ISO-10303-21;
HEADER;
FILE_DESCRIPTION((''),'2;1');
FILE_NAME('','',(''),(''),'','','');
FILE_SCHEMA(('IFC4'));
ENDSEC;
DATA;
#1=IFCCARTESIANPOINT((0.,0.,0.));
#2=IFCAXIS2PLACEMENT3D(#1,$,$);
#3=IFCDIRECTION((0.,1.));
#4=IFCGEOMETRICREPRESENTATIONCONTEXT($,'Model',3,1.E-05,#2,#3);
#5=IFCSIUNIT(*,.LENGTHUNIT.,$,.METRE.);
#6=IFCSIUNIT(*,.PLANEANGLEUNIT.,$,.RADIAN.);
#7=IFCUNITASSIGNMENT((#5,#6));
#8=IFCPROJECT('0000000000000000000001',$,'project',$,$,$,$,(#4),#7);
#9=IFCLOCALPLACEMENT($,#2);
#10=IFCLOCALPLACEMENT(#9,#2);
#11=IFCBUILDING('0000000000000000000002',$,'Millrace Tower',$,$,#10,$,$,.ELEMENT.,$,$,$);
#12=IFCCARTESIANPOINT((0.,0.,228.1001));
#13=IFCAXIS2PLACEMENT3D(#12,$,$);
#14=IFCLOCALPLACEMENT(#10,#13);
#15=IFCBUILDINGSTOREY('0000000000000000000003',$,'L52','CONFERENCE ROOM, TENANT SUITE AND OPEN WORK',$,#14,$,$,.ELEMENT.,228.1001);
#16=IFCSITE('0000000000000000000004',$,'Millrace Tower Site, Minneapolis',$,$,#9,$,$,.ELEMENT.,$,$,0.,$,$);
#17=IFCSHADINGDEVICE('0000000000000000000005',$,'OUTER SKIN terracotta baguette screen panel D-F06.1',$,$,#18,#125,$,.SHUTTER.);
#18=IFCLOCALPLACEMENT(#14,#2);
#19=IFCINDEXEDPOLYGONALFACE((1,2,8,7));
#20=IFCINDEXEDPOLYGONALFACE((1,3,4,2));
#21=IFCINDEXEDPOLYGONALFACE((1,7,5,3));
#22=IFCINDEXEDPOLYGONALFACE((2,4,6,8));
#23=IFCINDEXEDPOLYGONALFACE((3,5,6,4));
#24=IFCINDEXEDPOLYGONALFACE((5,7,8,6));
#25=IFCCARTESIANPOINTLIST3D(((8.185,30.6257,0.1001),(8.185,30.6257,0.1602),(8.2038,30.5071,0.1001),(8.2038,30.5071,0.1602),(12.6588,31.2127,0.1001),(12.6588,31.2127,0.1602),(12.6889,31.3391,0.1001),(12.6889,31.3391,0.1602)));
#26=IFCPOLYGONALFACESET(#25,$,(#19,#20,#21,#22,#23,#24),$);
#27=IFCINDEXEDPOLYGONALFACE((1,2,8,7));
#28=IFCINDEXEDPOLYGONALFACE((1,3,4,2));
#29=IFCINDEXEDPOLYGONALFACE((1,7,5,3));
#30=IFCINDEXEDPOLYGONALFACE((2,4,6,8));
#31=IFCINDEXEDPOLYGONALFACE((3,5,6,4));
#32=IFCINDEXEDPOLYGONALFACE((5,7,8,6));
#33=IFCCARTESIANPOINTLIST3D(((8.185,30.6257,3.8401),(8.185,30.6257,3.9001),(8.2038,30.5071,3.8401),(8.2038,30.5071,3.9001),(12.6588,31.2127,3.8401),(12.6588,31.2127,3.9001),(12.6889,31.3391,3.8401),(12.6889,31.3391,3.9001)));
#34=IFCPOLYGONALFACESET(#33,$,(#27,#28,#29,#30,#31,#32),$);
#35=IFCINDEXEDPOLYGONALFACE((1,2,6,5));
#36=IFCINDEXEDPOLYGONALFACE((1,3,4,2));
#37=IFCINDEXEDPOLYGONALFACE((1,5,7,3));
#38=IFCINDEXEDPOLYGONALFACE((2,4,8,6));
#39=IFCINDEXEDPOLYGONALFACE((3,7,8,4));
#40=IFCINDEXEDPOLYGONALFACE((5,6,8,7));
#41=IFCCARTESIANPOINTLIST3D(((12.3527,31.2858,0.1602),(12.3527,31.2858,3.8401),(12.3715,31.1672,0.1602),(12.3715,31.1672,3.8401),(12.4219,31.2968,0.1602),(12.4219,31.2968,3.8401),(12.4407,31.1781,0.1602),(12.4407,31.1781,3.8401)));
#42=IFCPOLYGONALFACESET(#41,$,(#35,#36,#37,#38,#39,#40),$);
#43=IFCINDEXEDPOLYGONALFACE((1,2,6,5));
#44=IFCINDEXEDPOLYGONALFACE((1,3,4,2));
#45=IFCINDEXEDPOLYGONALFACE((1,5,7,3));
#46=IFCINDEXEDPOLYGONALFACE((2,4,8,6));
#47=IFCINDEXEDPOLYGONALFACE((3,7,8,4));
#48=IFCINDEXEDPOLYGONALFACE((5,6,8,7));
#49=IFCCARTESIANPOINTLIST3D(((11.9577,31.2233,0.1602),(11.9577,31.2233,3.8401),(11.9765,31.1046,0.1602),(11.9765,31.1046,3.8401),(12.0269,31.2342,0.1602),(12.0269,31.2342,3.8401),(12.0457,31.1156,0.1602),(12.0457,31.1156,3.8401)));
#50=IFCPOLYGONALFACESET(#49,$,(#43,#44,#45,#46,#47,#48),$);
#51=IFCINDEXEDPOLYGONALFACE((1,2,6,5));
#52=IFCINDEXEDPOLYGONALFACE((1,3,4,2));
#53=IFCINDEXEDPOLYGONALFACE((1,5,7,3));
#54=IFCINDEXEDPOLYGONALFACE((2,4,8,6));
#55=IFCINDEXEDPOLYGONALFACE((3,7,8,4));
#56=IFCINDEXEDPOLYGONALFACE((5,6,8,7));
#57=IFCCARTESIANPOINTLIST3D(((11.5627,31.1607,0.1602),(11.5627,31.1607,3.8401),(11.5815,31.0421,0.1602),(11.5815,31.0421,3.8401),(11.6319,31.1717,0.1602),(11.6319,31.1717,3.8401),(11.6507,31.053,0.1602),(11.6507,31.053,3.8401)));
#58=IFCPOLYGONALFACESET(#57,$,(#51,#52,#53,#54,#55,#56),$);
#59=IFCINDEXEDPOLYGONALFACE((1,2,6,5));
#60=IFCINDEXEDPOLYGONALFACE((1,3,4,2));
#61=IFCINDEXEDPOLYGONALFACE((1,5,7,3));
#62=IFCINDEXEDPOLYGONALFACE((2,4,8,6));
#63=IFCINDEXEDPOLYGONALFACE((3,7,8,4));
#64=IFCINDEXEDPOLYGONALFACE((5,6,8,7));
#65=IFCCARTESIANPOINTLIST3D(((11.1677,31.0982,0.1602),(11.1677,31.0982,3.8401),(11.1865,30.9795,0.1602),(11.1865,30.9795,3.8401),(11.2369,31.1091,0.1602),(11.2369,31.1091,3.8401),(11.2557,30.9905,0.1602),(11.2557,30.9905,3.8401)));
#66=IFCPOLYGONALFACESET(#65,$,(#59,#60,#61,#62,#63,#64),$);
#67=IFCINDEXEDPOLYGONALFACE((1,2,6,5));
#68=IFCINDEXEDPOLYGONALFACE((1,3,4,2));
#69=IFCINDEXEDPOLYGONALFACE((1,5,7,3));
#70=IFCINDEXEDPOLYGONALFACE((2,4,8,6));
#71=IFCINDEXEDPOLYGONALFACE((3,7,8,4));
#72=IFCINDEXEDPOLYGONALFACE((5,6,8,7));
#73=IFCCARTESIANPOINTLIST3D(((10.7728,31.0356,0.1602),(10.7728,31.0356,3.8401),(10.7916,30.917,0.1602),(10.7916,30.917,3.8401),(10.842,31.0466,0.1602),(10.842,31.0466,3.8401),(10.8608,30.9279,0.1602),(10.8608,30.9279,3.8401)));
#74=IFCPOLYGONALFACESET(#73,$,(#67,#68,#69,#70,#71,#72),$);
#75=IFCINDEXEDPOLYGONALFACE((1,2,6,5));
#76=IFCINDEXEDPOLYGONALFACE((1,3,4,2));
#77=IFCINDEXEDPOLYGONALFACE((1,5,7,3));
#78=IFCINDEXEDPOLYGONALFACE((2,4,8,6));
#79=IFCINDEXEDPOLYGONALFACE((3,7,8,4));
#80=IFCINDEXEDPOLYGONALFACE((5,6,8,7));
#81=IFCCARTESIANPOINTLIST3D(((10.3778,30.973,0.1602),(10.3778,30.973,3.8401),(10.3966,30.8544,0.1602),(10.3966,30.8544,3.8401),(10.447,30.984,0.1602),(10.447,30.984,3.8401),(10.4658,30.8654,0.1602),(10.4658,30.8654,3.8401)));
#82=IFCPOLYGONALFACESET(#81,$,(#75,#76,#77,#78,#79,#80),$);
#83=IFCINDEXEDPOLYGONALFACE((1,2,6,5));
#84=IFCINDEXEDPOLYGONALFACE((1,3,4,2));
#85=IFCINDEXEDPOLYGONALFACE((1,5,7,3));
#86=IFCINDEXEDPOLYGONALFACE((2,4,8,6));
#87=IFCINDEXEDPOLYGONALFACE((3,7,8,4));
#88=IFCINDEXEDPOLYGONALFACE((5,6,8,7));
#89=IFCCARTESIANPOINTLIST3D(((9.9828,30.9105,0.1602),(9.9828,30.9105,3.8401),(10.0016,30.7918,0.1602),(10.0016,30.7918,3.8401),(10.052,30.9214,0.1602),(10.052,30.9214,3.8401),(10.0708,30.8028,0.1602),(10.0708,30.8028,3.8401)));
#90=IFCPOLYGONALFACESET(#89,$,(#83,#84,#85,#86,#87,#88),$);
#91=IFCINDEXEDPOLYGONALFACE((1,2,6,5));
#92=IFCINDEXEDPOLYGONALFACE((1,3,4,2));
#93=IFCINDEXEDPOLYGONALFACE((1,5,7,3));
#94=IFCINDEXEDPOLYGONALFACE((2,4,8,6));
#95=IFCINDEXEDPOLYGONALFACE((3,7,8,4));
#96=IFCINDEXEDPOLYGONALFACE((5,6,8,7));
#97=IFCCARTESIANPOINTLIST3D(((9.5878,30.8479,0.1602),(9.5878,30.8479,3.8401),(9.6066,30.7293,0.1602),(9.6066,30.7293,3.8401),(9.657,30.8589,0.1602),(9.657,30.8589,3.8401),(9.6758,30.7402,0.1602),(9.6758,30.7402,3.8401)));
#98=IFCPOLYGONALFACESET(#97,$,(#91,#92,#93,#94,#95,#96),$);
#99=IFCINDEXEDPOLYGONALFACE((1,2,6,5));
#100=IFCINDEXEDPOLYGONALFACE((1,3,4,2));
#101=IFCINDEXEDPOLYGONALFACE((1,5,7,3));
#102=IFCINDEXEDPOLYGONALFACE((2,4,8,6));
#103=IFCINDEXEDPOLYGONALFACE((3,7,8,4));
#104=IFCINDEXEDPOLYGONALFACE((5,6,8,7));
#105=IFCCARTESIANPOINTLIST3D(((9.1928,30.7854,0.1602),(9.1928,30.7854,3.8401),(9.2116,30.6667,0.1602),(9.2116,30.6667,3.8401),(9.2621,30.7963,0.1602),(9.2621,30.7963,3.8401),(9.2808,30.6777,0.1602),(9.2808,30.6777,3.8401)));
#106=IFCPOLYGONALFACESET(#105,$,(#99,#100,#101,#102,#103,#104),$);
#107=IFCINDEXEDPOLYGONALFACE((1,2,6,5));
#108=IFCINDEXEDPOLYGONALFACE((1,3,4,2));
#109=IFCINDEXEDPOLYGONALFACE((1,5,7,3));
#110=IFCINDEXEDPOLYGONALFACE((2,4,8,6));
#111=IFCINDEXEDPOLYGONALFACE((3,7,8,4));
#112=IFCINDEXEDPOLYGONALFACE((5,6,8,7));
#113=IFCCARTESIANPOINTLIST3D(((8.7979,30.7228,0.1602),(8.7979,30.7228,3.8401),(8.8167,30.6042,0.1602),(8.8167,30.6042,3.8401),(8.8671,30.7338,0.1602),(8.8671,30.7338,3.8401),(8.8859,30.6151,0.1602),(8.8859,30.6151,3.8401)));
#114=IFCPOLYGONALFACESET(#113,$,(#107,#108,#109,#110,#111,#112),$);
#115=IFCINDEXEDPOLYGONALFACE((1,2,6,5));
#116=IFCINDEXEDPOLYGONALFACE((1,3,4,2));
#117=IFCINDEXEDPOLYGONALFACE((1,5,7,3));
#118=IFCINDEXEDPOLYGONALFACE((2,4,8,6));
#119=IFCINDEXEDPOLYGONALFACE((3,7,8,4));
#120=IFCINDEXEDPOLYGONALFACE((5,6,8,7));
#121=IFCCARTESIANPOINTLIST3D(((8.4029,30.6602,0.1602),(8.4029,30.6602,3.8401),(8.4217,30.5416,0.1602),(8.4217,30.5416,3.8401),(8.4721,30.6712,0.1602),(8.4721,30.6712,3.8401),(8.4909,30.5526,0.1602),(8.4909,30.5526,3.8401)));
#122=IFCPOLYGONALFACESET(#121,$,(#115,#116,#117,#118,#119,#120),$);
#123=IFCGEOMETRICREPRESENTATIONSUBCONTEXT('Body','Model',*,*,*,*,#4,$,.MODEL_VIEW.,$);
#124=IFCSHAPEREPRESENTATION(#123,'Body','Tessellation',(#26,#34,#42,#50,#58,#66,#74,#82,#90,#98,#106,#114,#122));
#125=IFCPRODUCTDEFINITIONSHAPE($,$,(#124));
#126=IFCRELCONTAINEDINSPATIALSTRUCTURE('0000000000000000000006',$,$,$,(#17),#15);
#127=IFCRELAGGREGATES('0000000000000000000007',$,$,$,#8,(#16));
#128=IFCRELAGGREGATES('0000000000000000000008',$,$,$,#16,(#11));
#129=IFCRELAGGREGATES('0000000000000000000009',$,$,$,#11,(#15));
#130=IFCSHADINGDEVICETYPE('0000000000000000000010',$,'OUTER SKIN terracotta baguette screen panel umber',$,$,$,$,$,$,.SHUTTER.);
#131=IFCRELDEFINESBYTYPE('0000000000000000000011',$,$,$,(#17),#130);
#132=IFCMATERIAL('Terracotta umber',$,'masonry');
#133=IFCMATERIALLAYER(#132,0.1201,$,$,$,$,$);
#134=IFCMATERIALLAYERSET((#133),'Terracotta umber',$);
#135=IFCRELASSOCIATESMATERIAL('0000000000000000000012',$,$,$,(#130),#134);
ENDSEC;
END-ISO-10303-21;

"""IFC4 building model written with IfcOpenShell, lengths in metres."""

from ifc_helpers import new_model, entity, si_unit, direction, frame, frame_2d, origin, place, context, subcontext, project, spatial, rectangle, extrude, source, transform, mapped, material, layer, layer_set, type_object, element, save


model = new_model("IFC4")

# Units and contexts
model_context = context("Model", 3, precision=1e-05, world=origin(), true_north=direction((0.0, 1.0)))
body_context = subcontext(model_context, "Body", "Model", "MODEL_VIEW")
ifc_project = project(units=[si_unit("LENGTHUNIT", "METRE"), si_unit("PLANEANGLEUNIT", "RADIAN")], contexts=[model_context])

# Site, building, storey
site_placement = place(None, origin())
site = spatial("IfcSite", under=ifc_project, at=site_placement, Name="Millrace Tower Site, Minneapolis", CompositionType="ELEMENT", RefElevation=0.0)
building_placement = place(site_placement, origin())
building = spatial("IfcBuilding", under=site, at=building_placement, Name="Millrace Tower", CompositionType="ELEMENT")
storey_placement = place(building_placement, frame((0.0, 0.0, 228.1001)))
storey = spatial("IfcBuildingStorey", under=building, at=storey_placement, Name="L52", Description="CONFERENCE ROOM, TENANT SUITE AND OPEN WORK", CompositionType="ELEMENT", Elevation=228.1001)

# Shading device
ifc_material_1 = material(Name="Terracotta umber", Category="masonry")
ifc_layer_1 = layer(ifc_material_1, 0.1201)
ifc_layer_set_1 = layer_set([ifc_layer_1], Name="Terracotta umber")
shading_device_type = type_object("IfcShadingDeviceType", Name="OUTER SKIN terracotta baguette screen panel umber", PredefinedType="SHUTTER", material=ifc_layer_set_1)
cartesian_point_1 = entity("IfcCartesianPoint", [-2.2429, 0.0601])
shared_polyline_1 = entity("IfcPolyline", [cartesian_point_1, entity("IfcCartesianPoint", [2.2676, 0.0601]), entity("IfcCartesianPoint", [2.2676, -0.0601]), entity("IfcCartesianPoint", [-2.2925, -0.0601]), cartesian_point_1])
shared_shape_1 = source(origin(), body_context, "Body", "SweptSolid", [
    entity("IfcExtrudedAreaSolid", entity("IfcArbitraryClosedProfileDef", "AREA", None, shared_polyline_1), entity("IfcAxis2Placement3D", entity("IfcCartesianPoint", [0.0, 0.0, 0.0])), entity("IfcDirection", [0.0, 0.0, 1.0]), 0.0601),
    entity("IfcExtrudedAreaSolid", entity("IfcArbitraryClosedProfileDef", "AREA", None, shared_polyline_1), entity("IfcAxis2Placement3D", entity("IfcCartesianPoint", [0.0, 0.0, 3.74])), entity("IfcDirection", [0.0, 0.0, 1.0]), 0.0601),
    extrude(rectangle(XDim=0.0701, YDim=0.1201, at=frame_2d((-1.9871, 0.0))), frame((0.0, 0.0, 0.0601)), (0.0, 0.0, 1.0), 3.6799),
    extrude(rectangle(XDim=0.0701, YDim=0.1201, at=frame_2d((-1.5872, 0.0))), frame((0.0, 0.0, 0.0601)), (0.0, 0.0, 1.0), 3.6799),
    extrude(rectangle(XDim=0.0701, YDim=0.1201, at=frame_2d((-1.1873, 0.0))), frame((0.0, 0.0, 0.0601)), (0.0, 0.0, 1.0), 3.6799),
    extrude(rectangle(XDim=0.0701, YDim=0.1201, at=frame_2d((-0.7874, 0.0))), frame((0.0, 0.0, 0.0601)), (0.0, 0.0, 1.0), 3.6799),
    extrude(rectangle(XDim=0.0701, YDim=0.1201, at=frame_2d((-0.3875, 0.0))), frame((0.0, 0.0, 0.0601)), (0.0, 0.0, 1.0), 3.6799),
    extrude(rectangle(XDim=0.0701, YDim=0.1201, at=frame_2d((0.0125, 0.0))), frame((0.0, 0.0, 0.0601)), (0.0, 0.0, 1.0), 3.6799),
    extrude(rectangle(XDim=0.0701, YDim=0.1201, at=frame_2d((0.4124, 0.0))), frame((0.0, 0.0, 0.0601)), (0.0, 0.0, 1.0), 3.6799),
    extrude(rectangle(XDim=0.0701, YDim=0.1201, at=frame_2d((0.8123, 0.0))), frame((0.0, 0.0, 0.0601)), (0.0, 0.0, 1.0), 3.6799),
    extrude(rectangle(XDim=0.0701, YDim=0.1201, at=frame_2d((1.2122, 0.0))), frame((0.0, 0.0, 0.0601)), (0.0, 0.0, 1.0), 3.6799),
    extrude(rectangle(XDim=0.0701, YDim=0.1201, at=frame_2d((1.6121, 0.0))), frame((0.0, 0.0, 0.0601)), (0.0, 0.0, 1.0), 3.6799),
    extrude(rectangle(XDim=0.0701, YDim=0.1201, at=frame_2d((2.012, 0.0))), frame((0.0, 0.0, 0.0601)), (0.0, 0.0, 1.0), 3.6799),
])
shading_device_1_placement = place(storey_placement, frame((10.4341, 30.9211, 0.1001), z_axis=(0.0, 0.0, 1.0), x_axis=(-0.987688, -0.156434, 0.0)))
element("IfcShadingDevice", 1, at=shading_device_1_placement, inside=storey, type_object=shading_device_type, Name="OUTER SKIN terracotta baguette screen panel D-F06.1", PredefinedType="SHUTTER", context=body_context, shape_type="MappedRepresentation", body=[
    mapped(shared_shape_1, transform((0.0, 0.0, 0.0), scale=1.0)),
])

save(model, "model.ifc")
